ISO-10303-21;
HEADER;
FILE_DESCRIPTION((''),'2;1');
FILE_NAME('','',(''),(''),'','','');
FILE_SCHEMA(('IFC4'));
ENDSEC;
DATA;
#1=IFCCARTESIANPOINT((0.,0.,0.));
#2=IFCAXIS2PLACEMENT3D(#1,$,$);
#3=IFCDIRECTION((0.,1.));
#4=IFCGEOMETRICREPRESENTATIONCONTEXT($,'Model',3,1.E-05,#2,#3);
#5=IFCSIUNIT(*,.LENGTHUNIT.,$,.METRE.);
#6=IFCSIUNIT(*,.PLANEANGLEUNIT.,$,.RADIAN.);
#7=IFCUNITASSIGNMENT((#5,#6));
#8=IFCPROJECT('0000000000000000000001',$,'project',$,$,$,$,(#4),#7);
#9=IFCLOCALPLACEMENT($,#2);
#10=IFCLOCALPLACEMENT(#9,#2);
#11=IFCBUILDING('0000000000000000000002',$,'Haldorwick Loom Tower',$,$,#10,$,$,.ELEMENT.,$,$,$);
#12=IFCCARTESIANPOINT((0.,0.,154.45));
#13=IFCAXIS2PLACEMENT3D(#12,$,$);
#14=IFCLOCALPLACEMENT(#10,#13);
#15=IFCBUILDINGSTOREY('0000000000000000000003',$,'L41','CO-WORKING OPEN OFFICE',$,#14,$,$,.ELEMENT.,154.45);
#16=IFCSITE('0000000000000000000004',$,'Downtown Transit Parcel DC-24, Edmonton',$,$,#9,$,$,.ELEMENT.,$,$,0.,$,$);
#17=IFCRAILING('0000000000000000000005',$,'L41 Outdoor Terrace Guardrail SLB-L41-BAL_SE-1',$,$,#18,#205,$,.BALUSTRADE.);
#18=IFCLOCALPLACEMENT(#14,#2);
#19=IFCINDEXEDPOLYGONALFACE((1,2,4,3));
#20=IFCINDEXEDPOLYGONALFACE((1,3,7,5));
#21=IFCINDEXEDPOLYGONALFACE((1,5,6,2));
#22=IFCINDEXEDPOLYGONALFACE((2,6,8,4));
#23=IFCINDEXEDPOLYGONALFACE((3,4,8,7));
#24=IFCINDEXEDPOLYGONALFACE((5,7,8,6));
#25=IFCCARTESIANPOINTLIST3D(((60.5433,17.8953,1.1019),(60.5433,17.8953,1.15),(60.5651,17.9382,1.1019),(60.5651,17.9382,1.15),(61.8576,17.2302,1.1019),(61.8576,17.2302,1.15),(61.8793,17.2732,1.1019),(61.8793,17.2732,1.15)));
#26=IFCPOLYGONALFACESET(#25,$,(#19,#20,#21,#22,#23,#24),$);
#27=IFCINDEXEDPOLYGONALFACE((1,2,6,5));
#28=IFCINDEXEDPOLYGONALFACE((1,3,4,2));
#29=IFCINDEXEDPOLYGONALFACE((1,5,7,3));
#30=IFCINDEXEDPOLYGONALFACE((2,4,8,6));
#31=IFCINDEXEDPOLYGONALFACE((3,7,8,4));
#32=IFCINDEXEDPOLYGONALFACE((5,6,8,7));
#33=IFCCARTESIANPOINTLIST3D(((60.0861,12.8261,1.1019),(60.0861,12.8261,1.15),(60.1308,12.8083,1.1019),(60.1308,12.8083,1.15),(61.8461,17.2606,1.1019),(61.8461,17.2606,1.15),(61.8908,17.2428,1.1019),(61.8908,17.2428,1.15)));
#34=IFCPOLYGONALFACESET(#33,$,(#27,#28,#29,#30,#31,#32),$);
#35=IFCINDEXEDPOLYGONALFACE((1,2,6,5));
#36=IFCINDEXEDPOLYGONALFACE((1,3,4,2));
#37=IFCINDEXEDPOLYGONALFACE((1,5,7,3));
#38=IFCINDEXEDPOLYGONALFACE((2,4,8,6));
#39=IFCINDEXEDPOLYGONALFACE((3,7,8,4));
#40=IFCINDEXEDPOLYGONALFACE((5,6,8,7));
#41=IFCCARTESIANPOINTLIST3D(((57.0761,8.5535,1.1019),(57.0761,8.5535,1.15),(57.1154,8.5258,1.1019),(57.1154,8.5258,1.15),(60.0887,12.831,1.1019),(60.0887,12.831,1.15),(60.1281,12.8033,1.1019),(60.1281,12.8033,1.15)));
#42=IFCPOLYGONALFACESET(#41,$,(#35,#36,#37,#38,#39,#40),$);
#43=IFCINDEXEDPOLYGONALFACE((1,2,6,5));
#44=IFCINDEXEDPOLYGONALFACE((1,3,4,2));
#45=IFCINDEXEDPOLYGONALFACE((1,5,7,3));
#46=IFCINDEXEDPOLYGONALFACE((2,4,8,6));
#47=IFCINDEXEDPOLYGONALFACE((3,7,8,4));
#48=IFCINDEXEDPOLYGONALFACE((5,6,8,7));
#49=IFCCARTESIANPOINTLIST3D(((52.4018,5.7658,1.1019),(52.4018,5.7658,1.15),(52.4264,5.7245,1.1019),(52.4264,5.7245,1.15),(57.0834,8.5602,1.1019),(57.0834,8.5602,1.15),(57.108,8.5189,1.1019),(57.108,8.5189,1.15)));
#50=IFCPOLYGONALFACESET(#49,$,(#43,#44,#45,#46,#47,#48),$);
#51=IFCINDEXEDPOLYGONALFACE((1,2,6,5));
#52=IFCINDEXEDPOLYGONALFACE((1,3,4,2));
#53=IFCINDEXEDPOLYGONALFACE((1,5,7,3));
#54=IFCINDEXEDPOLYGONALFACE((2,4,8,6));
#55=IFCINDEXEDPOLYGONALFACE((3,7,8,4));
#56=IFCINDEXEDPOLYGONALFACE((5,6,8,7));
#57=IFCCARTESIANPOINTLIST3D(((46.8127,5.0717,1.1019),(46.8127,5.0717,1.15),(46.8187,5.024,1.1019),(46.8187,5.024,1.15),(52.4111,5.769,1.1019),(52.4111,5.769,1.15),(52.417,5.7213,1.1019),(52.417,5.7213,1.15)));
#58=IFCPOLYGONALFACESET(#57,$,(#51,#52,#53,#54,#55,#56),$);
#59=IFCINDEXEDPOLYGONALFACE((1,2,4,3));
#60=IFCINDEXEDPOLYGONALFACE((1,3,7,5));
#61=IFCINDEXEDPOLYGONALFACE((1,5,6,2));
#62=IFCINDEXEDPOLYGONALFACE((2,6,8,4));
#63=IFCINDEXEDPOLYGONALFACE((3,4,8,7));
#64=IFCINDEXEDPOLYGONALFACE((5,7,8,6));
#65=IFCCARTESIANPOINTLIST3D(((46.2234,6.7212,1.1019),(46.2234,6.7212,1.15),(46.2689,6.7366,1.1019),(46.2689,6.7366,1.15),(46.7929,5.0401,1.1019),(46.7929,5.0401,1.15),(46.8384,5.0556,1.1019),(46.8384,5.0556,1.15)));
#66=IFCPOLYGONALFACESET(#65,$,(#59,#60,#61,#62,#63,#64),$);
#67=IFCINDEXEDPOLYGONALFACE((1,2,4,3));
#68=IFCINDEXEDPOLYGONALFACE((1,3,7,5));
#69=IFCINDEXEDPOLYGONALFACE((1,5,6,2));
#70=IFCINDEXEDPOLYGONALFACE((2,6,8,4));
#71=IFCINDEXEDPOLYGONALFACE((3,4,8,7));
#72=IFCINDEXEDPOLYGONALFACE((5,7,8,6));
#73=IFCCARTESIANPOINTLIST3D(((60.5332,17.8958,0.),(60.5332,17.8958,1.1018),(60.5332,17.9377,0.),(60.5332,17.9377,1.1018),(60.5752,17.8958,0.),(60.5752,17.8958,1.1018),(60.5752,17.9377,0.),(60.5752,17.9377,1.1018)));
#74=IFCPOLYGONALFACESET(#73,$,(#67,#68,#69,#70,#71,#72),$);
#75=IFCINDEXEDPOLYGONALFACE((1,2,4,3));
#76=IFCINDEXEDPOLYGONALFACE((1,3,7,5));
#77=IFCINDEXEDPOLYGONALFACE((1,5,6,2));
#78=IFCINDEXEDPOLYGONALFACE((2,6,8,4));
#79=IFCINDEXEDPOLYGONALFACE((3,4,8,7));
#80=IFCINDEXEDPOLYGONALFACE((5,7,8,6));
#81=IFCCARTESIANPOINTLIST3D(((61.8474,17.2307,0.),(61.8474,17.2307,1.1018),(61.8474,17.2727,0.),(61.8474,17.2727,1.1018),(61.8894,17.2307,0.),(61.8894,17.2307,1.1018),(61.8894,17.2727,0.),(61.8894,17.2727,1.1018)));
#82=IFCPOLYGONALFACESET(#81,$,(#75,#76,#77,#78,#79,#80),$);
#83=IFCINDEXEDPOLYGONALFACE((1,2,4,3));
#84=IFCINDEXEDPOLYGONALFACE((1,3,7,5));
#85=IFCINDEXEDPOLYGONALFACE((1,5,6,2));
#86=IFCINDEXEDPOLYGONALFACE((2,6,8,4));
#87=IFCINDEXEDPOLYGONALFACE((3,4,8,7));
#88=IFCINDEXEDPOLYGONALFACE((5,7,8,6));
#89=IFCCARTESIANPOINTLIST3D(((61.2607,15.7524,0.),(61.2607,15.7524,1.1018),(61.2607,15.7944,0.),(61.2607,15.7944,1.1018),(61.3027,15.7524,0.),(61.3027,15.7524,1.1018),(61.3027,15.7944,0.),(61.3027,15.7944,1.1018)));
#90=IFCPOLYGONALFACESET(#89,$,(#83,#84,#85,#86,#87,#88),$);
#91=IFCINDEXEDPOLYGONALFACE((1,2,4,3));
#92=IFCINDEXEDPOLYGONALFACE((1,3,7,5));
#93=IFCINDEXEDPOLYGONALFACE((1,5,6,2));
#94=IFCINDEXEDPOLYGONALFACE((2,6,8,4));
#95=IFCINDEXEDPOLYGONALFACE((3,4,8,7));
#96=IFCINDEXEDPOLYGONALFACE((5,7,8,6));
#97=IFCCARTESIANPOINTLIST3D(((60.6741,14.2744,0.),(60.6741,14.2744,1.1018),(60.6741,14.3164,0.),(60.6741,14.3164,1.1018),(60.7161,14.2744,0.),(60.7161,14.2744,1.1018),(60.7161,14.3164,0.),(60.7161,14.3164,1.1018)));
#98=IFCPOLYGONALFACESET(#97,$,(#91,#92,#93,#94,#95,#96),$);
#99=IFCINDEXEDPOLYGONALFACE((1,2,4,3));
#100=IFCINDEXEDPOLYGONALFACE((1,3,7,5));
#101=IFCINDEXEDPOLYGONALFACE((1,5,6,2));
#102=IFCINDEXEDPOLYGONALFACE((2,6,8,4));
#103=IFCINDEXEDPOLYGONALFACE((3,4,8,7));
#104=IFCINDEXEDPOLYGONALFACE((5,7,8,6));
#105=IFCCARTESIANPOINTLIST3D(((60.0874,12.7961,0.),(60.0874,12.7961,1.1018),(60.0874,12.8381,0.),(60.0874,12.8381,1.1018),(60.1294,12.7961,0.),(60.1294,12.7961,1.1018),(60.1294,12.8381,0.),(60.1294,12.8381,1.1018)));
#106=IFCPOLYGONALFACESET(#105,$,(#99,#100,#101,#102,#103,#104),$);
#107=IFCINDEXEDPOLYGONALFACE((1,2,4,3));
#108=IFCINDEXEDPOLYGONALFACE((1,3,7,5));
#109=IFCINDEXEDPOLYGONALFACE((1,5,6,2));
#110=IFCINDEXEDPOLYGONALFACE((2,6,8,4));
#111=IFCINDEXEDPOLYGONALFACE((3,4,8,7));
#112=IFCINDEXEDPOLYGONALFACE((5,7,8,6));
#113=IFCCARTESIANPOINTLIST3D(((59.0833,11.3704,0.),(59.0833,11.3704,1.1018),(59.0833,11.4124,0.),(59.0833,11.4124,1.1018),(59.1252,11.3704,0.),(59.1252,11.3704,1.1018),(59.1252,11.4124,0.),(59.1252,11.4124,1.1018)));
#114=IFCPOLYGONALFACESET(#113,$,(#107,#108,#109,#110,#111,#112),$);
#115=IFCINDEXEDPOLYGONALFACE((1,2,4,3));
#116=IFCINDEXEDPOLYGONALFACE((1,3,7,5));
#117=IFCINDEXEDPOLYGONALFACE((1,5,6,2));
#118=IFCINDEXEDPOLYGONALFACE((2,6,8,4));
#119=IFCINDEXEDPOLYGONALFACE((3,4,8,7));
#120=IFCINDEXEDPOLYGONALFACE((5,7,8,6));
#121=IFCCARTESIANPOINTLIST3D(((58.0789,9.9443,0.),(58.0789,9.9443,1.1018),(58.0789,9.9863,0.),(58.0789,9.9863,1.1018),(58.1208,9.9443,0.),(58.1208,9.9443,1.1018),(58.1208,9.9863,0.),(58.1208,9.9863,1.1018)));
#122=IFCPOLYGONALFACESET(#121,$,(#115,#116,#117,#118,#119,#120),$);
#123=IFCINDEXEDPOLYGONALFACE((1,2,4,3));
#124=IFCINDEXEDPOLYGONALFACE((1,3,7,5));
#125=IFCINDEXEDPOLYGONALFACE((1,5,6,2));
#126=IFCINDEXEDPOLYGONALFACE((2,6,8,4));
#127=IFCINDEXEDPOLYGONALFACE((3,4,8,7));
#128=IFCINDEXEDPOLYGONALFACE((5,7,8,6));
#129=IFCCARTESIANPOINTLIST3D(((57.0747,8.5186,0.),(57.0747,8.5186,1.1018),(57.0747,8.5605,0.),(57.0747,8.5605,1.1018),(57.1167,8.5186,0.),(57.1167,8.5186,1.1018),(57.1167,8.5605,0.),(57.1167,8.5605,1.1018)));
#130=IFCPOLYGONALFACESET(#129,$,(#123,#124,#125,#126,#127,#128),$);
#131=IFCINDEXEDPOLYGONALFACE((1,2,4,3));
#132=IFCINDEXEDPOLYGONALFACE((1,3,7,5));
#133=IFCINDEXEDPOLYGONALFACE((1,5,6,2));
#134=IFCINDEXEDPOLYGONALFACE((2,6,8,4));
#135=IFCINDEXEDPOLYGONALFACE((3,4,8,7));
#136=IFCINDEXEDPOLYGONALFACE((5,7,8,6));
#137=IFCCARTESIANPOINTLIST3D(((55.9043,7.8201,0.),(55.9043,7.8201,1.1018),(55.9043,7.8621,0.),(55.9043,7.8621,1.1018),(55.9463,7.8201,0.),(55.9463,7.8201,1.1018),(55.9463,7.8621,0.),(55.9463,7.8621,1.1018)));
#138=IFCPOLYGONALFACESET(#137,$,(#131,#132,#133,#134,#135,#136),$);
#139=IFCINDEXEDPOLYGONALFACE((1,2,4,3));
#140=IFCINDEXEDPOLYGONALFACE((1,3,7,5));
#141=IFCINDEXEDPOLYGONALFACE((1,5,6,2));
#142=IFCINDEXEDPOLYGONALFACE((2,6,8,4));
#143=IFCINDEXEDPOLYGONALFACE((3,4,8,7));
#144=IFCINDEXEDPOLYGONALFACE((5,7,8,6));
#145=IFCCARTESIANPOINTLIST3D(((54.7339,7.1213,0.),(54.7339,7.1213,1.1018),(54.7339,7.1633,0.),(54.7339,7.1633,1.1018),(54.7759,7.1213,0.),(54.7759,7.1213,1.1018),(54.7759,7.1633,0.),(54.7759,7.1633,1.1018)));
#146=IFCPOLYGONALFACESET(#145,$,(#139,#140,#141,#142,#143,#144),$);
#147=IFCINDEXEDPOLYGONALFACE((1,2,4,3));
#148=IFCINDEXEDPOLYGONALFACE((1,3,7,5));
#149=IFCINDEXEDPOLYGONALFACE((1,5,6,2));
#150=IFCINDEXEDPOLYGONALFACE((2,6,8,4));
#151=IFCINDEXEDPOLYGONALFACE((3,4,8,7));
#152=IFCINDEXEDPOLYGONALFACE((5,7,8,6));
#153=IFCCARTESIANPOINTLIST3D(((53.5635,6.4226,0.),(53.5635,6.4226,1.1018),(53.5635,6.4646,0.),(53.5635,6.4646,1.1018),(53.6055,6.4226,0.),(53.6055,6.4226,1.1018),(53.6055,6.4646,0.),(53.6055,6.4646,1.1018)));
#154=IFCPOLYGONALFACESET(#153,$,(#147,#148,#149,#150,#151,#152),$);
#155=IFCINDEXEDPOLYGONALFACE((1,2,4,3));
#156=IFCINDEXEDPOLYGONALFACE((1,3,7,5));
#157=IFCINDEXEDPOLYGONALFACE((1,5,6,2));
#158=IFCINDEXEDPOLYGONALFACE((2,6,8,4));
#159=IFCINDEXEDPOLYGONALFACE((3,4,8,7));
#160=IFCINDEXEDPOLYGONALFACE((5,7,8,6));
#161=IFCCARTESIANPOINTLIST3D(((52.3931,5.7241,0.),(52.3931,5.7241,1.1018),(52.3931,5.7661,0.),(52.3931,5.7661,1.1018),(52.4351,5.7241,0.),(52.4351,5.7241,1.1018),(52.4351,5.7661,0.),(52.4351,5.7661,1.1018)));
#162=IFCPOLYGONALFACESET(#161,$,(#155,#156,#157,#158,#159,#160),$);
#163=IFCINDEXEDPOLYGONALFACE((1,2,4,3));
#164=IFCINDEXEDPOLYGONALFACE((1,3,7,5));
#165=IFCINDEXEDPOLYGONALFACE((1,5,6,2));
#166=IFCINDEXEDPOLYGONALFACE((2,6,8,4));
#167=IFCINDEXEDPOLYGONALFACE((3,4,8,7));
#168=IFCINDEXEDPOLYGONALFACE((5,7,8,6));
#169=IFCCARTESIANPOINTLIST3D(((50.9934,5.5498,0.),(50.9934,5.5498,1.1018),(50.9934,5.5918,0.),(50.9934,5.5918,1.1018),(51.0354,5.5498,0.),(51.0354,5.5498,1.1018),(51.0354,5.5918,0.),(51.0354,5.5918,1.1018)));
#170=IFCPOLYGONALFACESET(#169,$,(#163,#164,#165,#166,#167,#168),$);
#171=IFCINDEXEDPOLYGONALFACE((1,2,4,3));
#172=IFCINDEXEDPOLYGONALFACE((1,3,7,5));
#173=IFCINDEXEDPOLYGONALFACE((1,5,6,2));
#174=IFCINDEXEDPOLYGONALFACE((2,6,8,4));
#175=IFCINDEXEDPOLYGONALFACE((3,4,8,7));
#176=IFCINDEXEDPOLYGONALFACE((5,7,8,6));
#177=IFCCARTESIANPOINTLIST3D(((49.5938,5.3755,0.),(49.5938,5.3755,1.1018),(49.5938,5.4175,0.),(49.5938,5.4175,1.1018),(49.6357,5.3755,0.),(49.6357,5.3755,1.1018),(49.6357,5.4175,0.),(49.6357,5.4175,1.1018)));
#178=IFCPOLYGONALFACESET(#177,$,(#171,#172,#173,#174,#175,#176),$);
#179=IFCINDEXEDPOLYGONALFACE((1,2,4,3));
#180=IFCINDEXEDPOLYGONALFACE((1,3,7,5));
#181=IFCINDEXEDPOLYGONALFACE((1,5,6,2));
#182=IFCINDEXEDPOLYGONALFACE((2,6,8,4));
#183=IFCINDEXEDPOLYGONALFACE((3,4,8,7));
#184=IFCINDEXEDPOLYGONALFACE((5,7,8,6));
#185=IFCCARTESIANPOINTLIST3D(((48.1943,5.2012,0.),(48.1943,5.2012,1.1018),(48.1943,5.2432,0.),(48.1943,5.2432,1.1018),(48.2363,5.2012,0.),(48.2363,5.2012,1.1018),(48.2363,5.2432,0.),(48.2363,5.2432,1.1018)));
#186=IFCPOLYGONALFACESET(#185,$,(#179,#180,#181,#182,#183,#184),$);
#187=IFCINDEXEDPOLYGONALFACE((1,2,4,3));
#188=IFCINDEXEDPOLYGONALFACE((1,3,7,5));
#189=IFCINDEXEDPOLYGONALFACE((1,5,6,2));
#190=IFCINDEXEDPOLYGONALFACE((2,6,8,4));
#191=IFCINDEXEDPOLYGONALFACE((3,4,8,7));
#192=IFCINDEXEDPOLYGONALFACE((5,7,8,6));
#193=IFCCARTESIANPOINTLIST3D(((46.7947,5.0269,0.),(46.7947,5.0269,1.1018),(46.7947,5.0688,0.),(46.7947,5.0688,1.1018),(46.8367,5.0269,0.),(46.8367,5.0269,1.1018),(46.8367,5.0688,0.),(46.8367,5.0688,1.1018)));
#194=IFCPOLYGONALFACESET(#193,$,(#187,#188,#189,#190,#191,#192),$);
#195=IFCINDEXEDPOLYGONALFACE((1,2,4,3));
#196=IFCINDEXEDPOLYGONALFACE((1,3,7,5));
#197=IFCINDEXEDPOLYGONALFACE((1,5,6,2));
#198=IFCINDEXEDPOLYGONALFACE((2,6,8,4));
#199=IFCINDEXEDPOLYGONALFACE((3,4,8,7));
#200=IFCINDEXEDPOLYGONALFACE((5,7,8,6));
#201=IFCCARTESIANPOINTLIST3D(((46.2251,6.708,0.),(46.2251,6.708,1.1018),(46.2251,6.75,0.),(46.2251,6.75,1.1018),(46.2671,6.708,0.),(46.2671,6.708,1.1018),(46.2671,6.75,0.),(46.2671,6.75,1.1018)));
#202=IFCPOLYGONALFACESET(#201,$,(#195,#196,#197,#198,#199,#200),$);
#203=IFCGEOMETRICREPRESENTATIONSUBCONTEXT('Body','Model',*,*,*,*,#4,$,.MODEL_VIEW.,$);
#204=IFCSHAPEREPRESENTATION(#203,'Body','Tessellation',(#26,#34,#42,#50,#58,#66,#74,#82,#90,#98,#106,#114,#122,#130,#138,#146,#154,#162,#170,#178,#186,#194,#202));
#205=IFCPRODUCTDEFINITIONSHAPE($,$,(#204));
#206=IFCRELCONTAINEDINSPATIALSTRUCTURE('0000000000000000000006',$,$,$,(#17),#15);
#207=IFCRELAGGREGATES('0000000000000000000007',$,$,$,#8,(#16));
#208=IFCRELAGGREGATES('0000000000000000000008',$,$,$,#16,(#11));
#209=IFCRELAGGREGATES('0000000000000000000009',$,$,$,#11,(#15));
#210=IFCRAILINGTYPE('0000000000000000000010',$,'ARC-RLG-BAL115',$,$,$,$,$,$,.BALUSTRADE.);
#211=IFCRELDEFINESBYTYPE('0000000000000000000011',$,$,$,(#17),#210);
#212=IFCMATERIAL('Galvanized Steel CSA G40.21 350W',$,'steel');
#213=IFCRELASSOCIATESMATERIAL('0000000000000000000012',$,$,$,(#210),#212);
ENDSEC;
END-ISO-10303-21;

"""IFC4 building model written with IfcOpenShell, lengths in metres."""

from ifc_helpers import new_model, si_unit, direction, frame, origin, origin_2d, place, context, subcontext, project, spatial, rectangle, extrude, material, type_object, element, save


model = new_model("IFC4")

# Units and contexts
model_context = context("Model", 3, precision=1e-05, world=origin(), true_north=direction((0.0, 1.0)))
body_context = subcontext(model_context, "Body", "Model", "MODEL_VIEW")
ifc_project = project(units=[si_unit("LENGTHUNIT", "METRE"), si_unit("PLANEANGLEUNIT", "RADIAN")], contexts=[model_context])

# Site, building, storey
site_placement = place(None, origin())
site = spatial("IfcSite", under=ifc_project, at=site_placement, Name="Downtown Transit Parcel DC-24, Edmonton", CompositionType="ELEMENT", RefElevation=0.0)
building_placement = place(site_placement, origin())
building = spatial("IfcBuilding", under=site, at=building_placement, Name="Haldorwick Loom Tower", CompositionType="ELEMENT")
storey_placement = place(building_placement, frame((0.0, 0.0, 154.45)))
storey = spatial("IfcBuildingStorey", under=building, at=storey_placement, Name="L41", Description="CO-WORKING OPEN OFFICE", CompositionType="ELEMENT", Elevation=154.45)

# Railing
ifc_material_1 = material(Name="Galvanized Steel CSA G40.21 350W", Category="steel")
railing_type = type_object("IfcRailingType", Name="ARC-RLG-BAL115", PredefinedType="BALUSTRADE", material=ifc_material_1)
railing_placement = place(storey_placement, frame((60.5542, 17.9167, 0.0)))
element("IfcRailing", 1, at=railing_placement, inside=storey, type_object=railing_type, Name="L41 Outdoor Terrace Guardrail SLB-L41-BAL_SE-1", PredefinedType="BALUSTRADE", context=body_context, shape_type="SweptSolid", body=[
    extrude(rectangle(XDim=0.0481, YDim=0.0481, at=origin_2d()), frame((0.0, 0.0, 1.126), z_axis=(0.892262, -0.451518, 0.0), x_axis=(0.451518, 0.892262, 0.0)), (0.0, 0.0, 1.0), 1.4729),
    extrude(rectangle(XDim=0.0481, YDim=0.0481, at=origin_2d()), frame((1.3142, -0.665, 1.126), z_axis=(-0.368893, -0.929472, 0.0), x_axis=(0.929472, -0.368893, 0.0)), (0.0, 0.0, 1.0), 4.771),
    extrude(rectangle(XDim=0.0481, YDim=0.0481, at=origin_2d()), frame((-0.4458, -5.0996, 1.126), z_axis=(-0.575818, -0.817578, 0.0), x_axis=(0.817578, -0.575818, 0.0)), (0.0, 0.0, 1.0), 5.2319),
    extrude(rectangle(XDim=0.0481, YDim=0.0481, at=origin_2d()), frame((-3.4585, -9.3772, 1.126), z_axis=(-0.858668, -0.512532, 0.0), x_axis=(0.512532, -0.858668, 0.0)), (0.0, 0.0, 1.0), 5.4521),
    extrude(rectangle(XDim=0.0481, YDim=0.0481, at=origin_2d()), frame((-8.1401, -12.1716, 1.126), z_axis=(-0.992333, -0.123593, 0.0), x_axis=(0.123593, -0.992333, 0.0)), (0.0, 0.0, 1.0), 5.6416),
    extrude(rectangle(XDim=0.0481, YDim=0.0481, at=origin_2d()), frame((-13.7385, -12.8689, 1.126), z_axis=(-0.320887, 0.947118, 0.0), x_axis=(-0.947118, -0.320887, 0.0)), (0.0, 0.0, 1.0), 1.7749),
    extrude(rectangle(XDim=0.042, YDim=0.042, at=origin_2d()), origin(), (0.0, 0.0, 1.0), 1.1018),
    extrude(rectangle(XDim=0.042, YDim=0.042, at=origin_2d()), frame((1.3142, -0.665, 0.0)), (0.0, 0.0, 1.0), 1.1018),
    extrude(rectangle(XDim=0.042, YDim=0.042, at=origin_2d()), frame((0.7275, -2.1433, 0.0)), (0.0, 0.0, 1.0), 1.1018),
    extrude(rectangle(XDim=0.042, YDim=0.042, at=origin_2d()), frame((0.1409, -3.6213, 0.0)), (0.0, 0.0, 1.0), 1.1018),
    extrude(rectangle(XDim=0.042, YDim=0.042, at=origin_2d()), frame((-0.4458, -5.0996, 0.0)), (0.0, 0.0, 1.0), 1.1018),
    extrude(rectangle(XDim=0.042, YDim=0.042, at=origin_2d()), frame((-1.45, -6.5254, 0.0)), (0.0, 0.0, 1.0), 1.1018),
    extrude(rectangle(XDim=0.042, YDim=0.042, at=origin_2d()), frame((-2.4543, -7.9514, 0.0)), (0.0, 0.0, 1.0), 1.1018),
    extrude(rectangle(XDim=0.042, YDim=0.042, at=origin_2d()), frame((-3.4585, -9.3772, 0.0)), (0.0, 0.0, 1.0), 1.1018),
    extrude(rectangle(XDim=0.042, YDim=0.042, at=origin_2d()), frame((-4.6289, -10.0757, 0.0)), (0.0, 0.0, 1.0), 1.1018),
    extrude(rectangle(XDim=0.042, YDim=0.042, at=origin_2d()), frame((-5.7993, -10.7744, 0.0)), (0.0, 0.0, 1.0), 1.1018),
    extrude(rectangle(XDim=0.042, YDim=0.042, at=origin_2d()), frame((-6.9697, -11.4731, 0.0)), (0.0, 0.0, 1.0), 1.1018),
    extrude(rectangle(XDim=0.042, YDim=0.042, at=origin_2d()), frame((-8.1401, -12.1716, 0.0)), (0.0, 0.0, 1.0), 1.1018),
    extrude(rectangle(XDim=0.042, YDim=0.042, at=origin_2d()), frame((-9.5398, -12.3459, 0.0)), (0.0, 0.0, 1.0), 1.1018),
    extrude(rectangle(XDim=0.042, YDim=0.042, at=origin_2d()), frame((-10.9395, -12.5203, 0.0)), (0.0, 0.0, 1.0), 1.1018),
    extrude(rectangle(XDim=0.042, YDim=0.042, at=origin_2d()), frame((-12.3389, -12.6946, 0.0)), (0.0, 0.0, 1.0), 1.1018),
    extrude(rectangle(XDim=0.042, YDim=0.042, at=origin_2d()), frame((-13.7385, -12.8689, 0.0)), (0.0, 0.0, 1.0), 1.1018),
    extrude(rectangle(XDim=0.042, YDim=0.042, at=origin_2d()), frame((-14.3081, -11.1877, 0.0)), (0.0, 0.0, 1.0), 1.1018),
])

save(model, "model.ifc")
